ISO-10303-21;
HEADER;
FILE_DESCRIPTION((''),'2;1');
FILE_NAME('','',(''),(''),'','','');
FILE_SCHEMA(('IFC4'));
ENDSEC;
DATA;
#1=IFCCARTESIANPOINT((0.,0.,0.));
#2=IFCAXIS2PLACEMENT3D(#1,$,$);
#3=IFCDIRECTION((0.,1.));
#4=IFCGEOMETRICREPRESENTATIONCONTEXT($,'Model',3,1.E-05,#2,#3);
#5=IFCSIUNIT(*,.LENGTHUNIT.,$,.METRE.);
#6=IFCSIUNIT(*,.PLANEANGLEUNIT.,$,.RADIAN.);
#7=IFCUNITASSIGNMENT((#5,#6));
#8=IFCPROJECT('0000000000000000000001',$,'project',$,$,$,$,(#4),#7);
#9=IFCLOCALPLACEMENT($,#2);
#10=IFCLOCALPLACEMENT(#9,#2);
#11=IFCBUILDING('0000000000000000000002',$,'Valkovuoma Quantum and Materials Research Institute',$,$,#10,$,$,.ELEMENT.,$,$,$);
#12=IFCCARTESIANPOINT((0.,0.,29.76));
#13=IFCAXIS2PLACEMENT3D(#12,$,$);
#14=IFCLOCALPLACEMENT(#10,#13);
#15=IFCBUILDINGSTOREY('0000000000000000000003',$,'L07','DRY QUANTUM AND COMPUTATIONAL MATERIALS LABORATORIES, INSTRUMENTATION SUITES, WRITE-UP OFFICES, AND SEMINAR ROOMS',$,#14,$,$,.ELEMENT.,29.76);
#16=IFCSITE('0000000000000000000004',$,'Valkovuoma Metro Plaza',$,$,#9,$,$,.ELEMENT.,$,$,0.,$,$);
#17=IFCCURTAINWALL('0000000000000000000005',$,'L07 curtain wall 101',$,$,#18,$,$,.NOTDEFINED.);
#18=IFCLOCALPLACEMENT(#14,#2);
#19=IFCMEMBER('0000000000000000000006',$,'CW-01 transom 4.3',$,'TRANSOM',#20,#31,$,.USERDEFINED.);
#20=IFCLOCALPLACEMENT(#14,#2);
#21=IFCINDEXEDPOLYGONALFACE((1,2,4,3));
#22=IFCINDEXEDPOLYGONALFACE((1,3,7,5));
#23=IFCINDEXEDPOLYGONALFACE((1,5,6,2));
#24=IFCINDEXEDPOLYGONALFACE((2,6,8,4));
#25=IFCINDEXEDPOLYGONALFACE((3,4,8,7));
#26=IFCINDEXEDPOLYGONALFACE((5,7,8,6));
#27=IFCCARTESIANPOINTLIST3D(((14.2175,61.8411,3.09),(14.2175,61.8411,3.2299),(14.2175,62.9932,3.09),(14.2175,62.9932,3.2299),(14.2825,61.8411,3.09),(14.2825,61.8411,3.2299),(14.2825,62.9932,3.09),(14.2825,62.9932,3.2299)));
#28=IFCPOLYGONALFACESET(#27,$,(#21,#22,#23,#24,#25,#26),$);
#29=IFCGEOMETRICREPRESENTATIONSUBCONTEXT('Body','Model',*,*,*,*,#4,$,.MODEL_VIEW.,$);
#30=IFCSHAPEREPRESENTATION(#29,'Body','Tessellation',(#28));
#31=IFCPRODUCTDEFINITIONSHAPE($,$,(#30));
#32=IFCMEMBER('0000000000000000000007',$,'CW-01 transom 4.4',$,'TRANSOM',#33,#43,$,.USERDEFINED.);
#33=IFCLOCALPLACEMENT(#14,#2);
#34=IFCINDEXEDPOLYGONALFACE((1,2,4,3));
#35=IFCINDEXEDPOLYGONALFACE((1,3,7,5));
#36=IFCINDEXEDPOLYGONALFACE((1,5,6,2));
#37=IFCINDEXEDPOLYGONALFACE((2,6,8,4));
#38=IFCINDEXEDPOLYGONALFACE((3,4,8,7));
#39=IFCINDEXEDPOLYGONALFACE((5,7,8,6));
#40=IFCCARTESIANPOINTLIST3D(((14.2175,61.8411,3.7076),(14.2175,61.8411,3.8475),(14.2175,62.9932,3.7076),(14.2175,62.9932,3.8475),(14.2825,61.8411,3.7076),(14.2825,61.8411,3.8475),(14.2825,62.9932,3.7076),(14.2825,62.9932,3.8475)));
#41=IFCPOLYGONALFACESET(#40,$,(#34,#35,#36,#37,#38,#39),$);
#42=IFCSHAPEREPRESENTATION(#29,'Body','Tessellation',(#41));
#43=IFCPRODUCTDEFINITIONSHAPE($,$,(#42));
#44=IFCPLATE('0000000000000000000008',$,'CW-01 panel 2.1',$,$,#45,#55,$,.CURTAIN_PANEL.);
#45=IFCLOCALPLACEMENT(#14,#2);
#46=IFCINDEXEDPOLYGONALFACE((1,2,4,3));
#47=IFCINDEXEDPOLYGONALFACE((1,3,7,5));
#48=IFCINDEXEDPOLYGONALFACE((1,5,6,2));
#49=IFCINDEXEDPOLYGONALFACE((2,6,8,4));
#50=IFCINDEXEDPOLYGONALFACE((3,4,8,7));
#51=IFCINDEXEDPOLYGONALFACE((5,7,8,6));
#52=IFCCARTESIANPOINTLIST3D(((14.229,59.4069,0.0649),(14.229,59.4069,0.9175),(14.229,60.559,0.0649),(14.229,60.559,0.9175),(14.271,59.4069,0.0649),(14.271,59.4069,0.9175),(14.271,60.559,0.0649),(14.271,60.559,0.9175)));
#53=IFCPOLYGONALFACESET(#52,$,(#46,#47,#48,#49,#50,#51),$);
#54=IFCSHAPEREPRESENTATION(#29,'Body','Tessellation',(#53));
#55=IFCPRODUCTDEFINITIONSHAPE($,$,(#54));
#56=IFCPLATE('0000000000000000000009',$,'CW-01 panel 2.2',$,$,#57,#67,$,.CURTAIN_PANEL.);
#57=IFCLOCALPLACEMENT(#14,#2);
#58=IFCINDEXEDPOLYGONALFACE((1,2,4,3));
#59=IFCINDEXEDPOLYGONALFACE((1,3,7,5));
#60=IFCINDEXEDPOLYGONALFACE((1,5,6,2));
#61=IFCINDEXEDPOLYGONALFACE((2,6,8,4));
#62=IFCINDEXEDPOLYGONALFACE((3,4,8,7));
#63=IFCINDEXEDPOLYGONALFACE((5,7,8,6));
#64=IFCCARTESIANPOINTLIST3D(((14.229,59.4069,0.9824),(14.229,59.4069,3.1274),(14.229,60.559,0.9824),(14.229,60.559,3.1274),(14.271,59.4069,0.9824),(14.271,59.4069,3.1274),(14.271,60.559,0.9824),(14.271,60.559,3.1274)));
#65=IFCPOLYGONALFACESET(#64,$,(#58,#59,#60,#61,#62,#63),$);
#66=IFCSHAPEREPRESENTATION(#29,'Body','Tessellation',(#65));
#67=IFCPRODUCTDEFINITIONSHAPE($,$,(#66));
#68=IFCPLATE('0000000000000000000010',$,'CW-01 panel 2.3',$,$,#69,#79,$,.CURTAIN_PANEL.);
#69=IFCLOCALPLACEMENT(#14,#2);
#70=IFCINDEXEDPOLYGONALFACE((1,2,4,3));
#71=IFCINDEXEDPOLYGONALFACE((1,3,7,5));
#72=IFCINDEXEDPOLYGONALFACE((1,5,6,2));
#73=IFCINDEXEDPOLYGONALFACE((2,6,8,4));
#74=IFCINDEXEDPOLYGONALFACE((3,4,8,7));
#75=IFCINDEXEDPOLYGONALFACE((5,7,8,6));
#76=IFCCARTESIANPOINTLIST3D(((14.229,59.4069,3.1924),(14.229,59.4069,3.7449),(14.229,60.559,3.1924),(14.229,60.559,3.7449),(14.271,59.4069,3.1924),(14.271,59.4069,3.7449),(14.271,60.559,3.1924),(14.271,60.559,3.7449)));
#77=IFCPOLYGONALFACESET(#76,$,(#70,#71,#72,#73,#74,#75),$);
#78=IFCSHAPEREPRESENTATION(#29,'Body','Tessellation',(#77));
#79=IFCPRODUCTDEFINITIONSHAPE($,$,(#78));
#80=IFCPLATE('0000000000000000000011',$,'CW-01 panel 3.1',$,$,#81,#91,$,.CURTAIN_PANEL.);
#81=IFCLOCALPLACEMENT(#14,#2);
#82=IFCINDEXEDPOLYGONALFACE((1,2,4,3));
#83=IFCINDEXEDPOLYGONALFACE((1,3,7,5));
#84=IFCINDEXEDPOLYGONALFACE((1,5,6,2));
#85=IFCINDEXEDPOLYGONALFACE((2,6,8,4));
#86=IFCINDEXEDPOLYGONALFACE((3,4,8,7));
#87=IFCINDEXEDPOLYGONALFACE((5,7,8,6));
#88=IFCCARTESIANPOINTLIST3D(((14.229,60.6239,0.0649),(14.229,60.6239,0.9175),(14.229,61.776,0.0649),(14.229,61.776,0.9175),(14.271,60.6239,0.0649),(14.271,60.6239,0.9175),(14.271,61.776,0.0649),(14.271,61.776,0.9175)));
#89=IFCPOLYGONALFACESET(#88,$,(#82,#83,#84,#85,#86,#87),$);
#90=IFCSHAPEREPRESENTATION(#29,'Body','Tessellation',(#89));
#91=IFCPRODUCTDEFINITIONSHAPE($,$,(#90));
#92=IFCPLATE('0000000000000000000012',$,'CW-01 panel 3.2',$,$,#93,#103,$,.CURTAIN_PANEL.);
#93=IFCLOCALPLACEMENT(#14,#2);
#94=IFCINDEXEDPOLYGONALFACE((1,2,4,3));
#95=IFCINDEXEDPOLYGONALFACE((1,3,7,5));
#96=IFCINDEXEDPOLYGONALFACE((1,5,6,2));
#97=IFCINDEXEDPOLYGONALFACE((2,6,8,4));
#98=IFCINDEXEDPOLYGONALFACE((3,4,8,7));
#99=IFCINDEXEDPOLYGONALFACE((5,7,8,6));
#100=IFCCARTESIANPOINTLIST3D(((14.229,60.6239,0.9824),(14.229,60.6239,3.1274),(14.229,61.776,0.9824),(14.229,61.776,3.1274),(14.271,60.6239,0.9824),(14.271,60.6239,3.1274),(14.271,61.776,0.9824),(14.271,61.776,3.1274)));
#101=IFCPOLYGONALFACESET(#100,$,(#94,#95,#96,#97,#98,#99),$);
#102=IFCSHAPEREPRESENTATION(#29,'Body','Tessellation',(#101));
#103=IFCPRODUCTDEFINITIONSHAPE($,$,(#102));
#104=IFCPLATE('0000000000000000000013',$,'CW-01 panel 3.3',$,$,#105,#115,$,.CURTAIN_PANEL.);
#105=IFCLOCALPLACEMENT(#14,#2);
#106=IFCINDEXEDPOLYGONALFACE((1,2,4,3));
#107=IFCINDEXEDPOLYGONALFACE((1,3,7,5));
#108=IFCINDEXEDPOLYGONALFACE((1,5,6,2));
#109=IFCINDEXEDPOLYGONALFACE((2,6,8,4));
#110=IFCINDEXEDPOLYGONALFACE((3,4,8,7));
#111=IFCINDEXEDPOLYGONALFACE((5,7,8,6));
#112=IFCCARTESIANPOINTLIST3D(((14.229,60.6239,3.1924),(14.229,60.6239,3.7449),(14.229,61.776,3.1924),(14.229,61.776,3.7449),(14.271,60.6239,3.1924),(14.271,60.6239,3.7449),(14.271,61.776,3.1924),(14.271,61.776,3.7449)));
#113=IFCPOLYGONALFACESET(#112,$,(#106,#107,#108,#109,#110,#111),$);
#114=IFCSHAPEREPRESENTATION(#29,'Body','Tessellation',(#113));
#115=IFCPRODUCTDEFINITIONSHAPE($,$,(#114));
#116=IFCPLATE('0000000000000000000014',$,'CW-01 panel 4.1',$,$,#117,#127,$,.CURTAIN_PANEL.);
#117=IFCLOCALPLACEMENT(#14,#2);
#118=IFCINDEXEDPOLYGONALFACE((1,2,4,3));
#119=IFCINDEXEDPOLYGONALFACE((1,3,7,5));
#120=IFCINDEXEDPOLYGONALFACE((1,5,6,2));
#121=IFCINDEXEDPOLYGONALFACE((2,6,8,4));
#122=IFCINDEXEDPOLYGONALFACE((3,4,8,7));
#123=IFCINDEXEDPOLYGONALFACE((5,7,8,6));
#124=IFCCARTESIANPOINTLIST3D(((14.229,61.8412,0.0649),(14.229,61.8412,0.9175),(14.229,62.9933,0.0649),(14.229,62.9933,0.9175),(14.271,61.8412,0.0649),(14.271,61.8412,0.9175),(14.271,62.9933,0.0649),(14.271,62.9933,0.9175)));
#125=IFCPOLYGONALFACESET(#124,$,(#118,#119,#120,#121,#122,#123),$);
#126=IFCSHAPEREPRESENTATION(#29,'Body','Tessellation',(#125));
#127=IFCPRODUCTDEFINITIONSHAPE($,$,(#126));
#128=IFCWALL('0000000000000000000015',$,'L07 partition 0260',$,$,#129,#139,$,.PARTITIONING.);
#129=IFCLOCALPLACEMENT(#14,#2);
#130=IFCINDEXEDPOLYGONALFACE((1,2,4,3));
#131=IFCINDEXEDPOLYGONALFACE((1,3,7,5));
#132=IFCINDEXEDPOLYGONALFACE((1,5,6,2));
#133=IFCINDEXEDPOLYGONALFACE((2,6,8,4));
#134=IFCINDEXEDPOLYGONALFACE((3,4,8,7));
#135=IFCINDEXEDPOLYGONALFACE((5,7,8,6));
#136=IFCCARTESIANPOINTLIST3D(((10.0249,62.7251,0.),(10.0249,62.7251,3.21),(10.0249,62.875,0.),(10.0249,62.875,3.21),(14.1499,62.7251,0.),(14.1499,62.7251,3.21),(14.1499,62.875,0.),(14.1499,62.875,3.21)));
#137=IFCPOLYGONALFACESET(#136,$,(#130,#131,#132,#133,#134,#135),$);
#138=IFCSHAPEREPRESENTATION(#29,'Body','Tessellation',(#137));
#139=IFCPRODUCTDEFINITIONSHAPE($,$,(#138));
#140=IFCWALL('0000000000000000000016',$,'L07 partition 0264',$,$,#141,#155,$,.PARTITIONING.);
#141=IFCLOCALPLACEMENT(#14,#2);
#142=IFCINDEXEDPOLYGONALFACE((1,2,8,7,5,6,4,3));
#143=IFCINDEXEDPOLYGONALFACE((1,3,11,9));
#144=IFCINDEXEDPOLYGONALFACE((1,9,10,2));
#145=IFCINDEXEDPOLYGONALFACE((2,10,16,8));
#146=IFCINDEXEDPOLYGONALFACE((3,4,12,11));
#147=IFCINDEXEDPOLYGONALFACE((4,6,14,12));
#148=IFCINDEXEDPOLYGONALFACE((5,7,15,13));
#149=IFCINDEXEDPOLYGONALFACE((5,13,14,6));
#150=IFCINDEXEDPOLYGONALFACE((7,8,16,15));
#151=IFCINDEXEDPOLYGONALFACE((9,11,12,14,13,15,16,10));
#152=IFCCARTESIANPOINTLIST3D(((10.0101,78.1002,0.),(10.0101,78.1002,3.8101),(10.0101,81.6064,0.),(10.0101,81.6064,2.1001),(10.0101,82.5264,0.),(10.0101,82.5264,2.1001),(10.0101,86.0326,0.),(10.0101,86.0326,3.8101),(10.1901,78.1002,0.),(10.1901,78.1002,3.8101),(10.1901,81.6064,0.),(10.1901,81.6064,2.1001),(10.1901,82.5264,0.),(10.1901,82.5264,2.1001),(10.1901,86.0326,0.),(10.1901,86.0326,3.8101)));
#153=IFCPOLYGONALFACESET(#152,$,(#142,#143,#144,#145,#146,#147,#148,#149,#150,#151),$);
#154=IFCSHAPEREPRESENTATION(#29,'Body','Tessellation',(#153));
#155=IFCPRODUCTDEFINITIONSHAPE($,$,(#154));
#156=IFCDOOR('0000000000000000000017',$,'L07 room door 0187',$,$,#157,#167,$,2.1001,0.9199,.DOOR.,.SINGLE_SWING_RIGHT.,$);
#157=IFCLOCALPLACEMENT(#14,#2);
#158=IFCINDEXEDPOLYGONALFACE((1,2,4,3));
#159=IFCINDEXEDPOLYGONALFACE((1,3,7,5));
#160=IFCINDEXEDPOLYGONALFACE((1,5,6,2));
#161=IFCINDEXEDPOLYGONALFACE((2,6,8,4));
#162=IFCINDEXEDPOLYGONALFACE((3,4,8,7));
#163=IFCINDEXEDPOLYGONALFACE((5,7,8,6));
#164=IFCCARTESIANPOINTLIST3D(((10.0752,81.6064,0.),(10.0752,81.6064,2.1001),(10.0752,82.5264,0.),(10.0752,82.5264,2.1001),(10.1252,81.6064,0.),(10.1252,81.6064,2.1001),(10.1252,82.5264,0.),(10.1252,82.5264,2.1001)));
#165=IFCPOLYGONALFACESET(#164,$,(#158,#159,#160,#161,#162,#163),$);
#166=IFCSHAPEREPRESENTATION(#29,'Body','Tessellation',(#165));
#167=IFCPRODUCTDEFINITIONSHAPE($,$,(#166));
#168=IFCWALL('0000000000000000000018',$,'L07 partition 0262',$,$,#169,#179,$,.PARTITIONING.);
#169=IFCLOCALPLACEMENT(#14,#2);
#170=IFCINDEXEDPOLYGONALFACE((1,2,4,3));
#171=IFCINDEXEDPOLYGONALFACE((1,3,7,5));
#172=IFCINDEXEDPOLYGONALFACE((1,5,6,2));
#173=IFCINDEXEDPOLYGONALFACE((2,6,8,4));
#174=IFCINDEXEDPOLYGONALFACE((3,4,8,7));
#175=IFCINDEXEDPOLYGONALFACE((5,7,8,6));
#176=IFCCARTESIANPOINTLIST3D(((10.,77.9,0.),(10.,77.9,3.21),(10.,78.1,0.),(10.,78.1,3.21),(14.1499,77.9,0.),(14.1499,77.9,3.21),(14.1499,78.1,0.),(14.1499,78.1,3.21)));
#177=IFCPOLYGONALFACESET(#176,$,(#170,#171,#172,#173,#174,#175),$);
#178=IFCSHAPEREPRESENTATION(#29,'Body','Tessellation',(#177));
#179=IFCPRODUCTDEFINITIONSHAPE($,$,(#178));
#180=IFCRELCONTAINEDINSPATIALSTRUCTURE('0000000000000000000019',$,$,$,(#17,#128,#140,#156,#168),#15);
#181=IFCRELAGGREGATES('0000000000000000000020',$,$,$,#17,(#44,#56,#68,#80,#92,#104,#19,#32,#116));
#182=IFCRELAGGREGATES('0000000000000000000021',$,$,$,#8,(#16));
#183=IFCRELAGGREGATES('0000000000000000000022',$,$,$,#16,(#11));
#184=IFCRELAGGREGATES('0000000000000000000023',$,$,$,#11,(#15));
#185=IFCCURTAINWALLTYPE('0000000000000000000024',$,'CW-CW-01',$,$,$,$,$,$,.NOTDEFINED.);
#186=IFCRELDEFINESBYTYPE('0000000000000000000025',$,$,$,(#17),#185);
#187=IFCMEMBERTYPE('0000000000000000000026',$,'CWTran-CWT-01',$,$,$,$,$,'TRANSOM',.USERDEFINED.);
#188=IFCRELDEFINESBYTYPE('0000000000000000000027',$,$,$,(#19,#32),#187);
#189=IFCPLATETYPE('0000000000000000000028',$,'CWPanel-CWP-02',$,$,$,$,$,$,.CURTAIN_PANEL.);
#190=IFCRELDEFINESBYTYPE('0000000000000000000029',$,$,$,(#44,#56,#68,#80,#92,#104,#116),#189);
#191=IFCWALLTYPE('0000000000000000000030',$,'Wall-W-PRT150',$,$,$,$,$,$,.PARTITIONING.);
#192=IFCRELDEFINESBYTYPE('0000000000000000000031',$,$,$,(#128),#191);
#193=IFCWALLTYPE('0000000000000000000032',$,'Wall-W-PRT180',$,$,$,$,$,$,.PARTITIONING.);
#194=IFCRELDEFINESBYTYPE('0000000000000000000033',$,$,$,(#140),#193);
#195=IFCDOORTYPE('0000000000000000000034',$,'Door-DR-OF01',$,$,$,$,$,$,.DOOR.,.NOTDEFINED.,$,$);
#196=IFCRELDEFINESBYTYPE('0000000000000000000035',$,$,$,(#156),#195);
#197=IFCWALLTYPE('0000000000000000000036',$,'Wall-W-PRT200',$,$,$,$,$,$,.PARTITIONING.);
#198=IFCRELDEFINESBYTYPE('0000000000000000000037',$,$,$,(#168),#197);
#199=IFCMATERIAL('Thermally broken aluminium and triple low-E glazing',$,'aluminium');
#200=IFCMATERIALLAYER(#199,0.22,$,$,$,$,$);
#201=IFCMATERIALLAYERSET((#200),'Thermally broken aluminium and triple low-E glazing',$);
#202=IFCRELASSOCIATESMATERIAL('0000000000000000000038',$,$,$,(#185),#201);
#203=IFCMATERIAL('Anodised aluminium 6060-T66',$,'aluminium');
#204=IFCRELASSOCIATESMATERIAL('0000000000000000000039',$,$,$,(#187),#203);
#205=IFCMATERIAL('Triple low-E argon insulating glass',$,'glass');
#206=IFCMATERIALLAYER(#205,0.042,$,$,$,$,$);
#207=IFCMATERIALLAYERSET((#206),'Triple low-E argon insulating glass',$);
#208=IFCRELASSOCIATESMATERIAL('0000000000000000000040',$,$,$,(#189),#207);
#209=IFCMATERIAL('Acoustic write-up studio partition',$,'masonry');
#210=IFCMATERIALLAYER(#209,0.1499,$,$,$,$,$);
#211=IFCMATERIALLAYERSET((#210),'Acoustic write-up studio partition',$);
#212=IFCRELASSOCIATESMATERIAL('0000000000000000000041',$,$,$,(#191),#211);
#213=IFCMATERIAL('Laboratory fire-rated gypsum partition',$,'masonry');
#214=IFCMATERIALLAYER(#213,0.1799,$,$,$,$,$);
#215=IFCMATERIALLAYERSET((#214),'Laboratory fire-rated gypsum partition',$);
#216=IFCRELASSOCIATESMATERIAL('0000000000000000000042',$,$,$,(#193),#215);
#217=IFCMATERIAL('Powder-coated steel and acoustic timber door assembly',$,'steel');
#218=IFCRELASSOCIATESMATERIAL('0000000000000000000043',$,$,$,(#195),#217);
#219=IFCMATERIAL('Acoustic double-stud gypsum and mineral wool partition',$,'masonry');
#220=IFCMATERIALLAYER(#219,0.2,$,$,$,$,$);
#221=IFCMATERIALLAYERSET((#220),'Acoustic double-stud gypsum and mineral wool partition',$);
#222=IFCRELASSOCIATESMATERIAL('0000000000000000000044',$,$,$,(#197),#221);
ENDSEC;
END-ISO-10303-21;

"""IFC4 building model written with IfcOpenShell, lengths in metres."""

from ifc_helpers import new_model, si_unit, direction, frame, frame_2d, origin, origin_2d, place, context, subcontext, project, spatial, rectangle, extrude, material, layer, layer_set, material_profile, profile_set, type_object, element, fill, aggregate, save


model = new_model("IFC4")

# Units and contexts
model_context = context("Model", 3, precision=1e-05, world=origin(), true_north=direction((0.0, 1.0)))
body_context = subcontext(model_context, "Body", "Model", "MODEL_VIEW")
ifc_project = project(units=[si_unit("LENGTHUNIT", "METRE"), si_unit("PLANEANGLEUNIT", "RADIAN")], contexts=[model_context])

# Site, building, storey
site_placement = place(None, origin())
site = spatial("IfcSite", under=ifc_project, at=site_placement, Name="Valkovuoma Metro Plaza", CompositionType="ELEMENT", RefElevation=0.0)
building_placement = place(site_placement, origin())
building = spatial("IfcBuilding", under=site, at=building_placement, Name="Valkovuoma Quantum and Materials Research Institute", CompositionType="ELEMENT")
storey_placement = place(building_placement, frame((0.0, 0.0, 29.76)))
storey = spatial("IfcBuildingStorey", under=building, at=storey_placement, Name="L07", Description="DRY QUANTUM AND COMPUTATIONAL MATERIALS LABORATORIES, INSTRUMENTATION SUITES, WRITE-UP OFFICES, AND SEMINAR ROOMS", CompositionType="ELEMENT", Elevation=29.76)

# Curtain wall, members, plates
ifc_material_1 = material(Name="Thermally broken aluminium and triple low-E glazing", Category="aluminium")
ifc_layer_1 = layer(ifc_material_1, 0.22)
ifc_layer_set_1 = layer_set([ifc_layer_1], Name="Thermally broken aluminium and triple low-E glazing")
curtain_wall_type = type_object("IfcCurtainWallType", Name="CW-CW-01", PredefinedType="NOTDEFINED", material=ifc_layer_set_1)
curtain_wall_placement = place(storey_placement, origin())
curtain_wall = element("IfcCurtainWall", 1, at=curtain_wall_placement, inside=storey, type_object=curtain_wall_type, Name="L07 curtain wall 101", PredefinedType="NOTDEFINED")
ifc_material_2 = material(Name="Anodised aluminium 6060-T66", Category="aluminium")
ifc_material_profile_1 = material_profile(ifc_material_2, rectangle(XDim=0.0649, YDim=0.1399, at=origin_2d()), Name="Anodised aluminium 6060-T66")
ifc_profile_set_1 = profile_set([ifc_material_profile_1], Name="Anodised aluminium 6060-T66")
member_type_1 = type_object("IfcMemberType", Name="CWTran-CWT-01", ElementType="TRANSOM", PredefinedType="USERDEFINED", material=ifc_profile_set_1)
member_1_placement = place(storey_placement, frame((14.25, 61.8411, 3.1599), z_axis=(0.0, 1.0, 0.0), x_axis=(-1.0, 0.0, 0.0)))
member_1 = element("IfcMember", 2, at=member_1_placement, type_object=member_type_1, Name="CW-01 transom 4.3", ObjectType="TRANSOM", PredefinedType="USERDEFINED", context=body_context, shape_type="SweptSolid", body=[
    extrude(rectangle(XDim=0.0649, YDim=0.1399, at=origin_2d()), origin(), (0.0, 0.0, 1.0), 1.1521),
])
member_2_placement = place(storey_placement, frame((14.25, 61.8411, 3.7776), z_axis=(0.0, 1.0, 0.0), x_axis=(-1.0, 0.0, 0.0)))
member_2 = element("IfcMember", 3, at=member_2_placement, type_object=member_type_1, Name="CW-01 transom 4.4", ObjectType="TRANSOM", PredefinedType="USERDEFINED", context=body_context, shape_type="SweptSolid", body=[
    extrude(rectangle(XDim=0.0649, YDim=0.1399, at=origin_2d()), origin(), (0.0, 0.0, 1.0), 1.1521),
])
ifc_material_3 = material(Name="Triple low-E argon insulating glass", Category="glass")
ifc_layer_2 = layer(ifc_material_3, 0.042)
ifc_layer_set_2 = layer_set([ifc_layer_2], Name="Triple low-E argon insulating glass")
plate_type = type_object("IfcPlateType", Name="CWPanel-CWP-02", PredefinedType="CURTAIN_PANEL", material=ifc_layer_set_2)
plate_1_placement = place(storey_placement, frame((14.25, 59.9829, 0.0649), z_axis=(0.0, 0.0, 1.0), x_axis=(0.0, 1.0, 0.0)))
plate_1 = element("IfcPlate", 4, at=plate_1_placement, type_object=plate_type, Name="CW-01 panel 2.1", PredefinedType="CURTAIN_PANEL", context=body_context, shape_type="SweptSolid", body=[
    extrude(rectangle(XDim=1.1521, YDim=0.042, at=origin_2d()), origin(), (0.0, 0.0, 1.0), 0.8525),
])
plate_2_placement = place(storey_placement, frame((14.25, 59.9829, 0.9824), z_axis=(0.0, 0.0, 1.0), x_axis=(0.0, 1.0, 0.0)))
plate_2 = element("IfcPlate", 5, at=plate_2_placement, type_object=plate_type, Name="CW-01 panel 2.2", PredefinedType="CURTAIN_PANEL", context=body_context, shape_type="SweptSolid", body=[
    extrude(rectangle(XDim=1.1521, YDim=0.042, at=origin_2d()), origin(), (0.0, 0.0, 1.0), 2.145),
])
plate_3_placement = place(storey_placement, frame((14.25, 59.9829, 3.1924), z_axis=(0.0, 0.0, 1.0), x_axis=(0.0, 1.0, 0.0)))
plate_3 = element("IfcPlate", 6, at=plate_3_placement, type_object=plate_type, Name="CW-01 panel 2.3", PredefinedType="CURTAIN_PANEL", context=body_context, shape_type="SweptSolid", body=[
    extrude(rectangle(XDim=1.1521, YDim=0.042, at=origin_2d()), origin(), (0.0, 0.0, 1.0), 0.5525),
])
plate_4_placement = place(storey_placement, frame((14.25, 61.2, 0.0649), z_axis=(0.0, 0.0, 1.0), x_axis=(0.0, 1.0, 0.0)))
plate_4 = element("IfcPlate", 7, at=plate_4_placement, type_object=plate_type, Name="CW-01 panel 3.1", PredefinedType="CURTAIN_PANEL", context=body_context, shape_type="SweptSolid", body=[
    extrude(rectangle(XDim=1.1521, YDim=0.042, at=origin_2d()), origin(), (0.0, 0.0, 1.0), 0.8525),
])
plate_5_placement = place(storey_placement, frame((14.25, 61.2, 0.9824), z_axis=(0.0, 0.0, 1.0), x_axis=(0.0, 1.0, 0.0)))
plate_5 = element("IfcPlate", 8, at=plate_5_placement, type_object=plate_type, Name="CW-01 panel 3.2", PredefinedType="CURTAIN_PANEL", context=body_context, shape_type="SweptSolid", body=[
    extrude(rectangle(XDim=1.1521, YDim=0.042, at=origin_2d()), origin(), (0.0, 0.0, 1.0), 2.145),
])
plate_6_placement = place(storey_placement, frame((14.25, 61.2, 3.1924), z_axis=(0.0, 0.0, 1.0), x_axis=(0.0, 1.0, 0.0)))
plate_6 = element("IfcPlate", 9, at=plate_6_placement, type_object=plate_type, Name="CW-01 panel 3.3", PredefinedType="CURTAIN_PANEL", context=body_context, shape_type="SweptSolid", body=[
    extrude(rectangle(XDim=1.1521, YDim=0.042, at=origin_2d()), origin(), (0.0, 0.0, 1.0), 0.5525),
])
plate_7_placement = place(storey_placement, frame((14.25, 62.4172, 0.0649), z_axis=(0.0, 0.0, 1.0), x_axis=(0.0, 1.0, 0.0)))
plate_7 = element("IfcPlate", 10, at=plate_7_placement, type_object=plate_type, Name="CW-01 panel 4.1", PredefinedType="CURTAIN_PANEL", context=body_context, shape_type="SweptSolid", body=[
    extrude(rectangle(XDim=1.1521, YDim=0.042, at=origin_2d()), origin(), (0.0, 0.0, 1.0), 0.8525),
])
aggregate(curtain_wall, [plate_1, plate_2, plate_3, plate_4, plate_5, plate_6, member_1, member_2, plate_7])

# Wall
ifc_material_4 = material(Name="Acoustic write-up studio partition", Category="masonry")
ifc_layer_3 = layer(ifc_material_4, 0.1499)
ifc_layer_set_3 = layer_set([ifc_layer_3], Name="Acoustic write-up studio partition")
wall_type_1 = type_object("IfcWallType", Name="Wall-W-PRT150", PredefinedType="PARTITIONING", material=ifc_layer_set_3)
wall_1_placement = place(storey_placement, frame((10.0249, 62.8, 0.0), z_axis=(0.0, 0.0, 1.0), x_axis=(1.0, 0.0, 0.0)))
element("IfcWall", 11, at=wall_1_placement, inside=storey, type_object=wall_type_1, Name="L07 partition 0260", PredefinedType="PARTITIONING", context=body_context, shape_type="SweptSolid", body=[
    extrude(rectangle(XDim=4.125, YDim=0.1499, at=frame_2d((2.0625, 0.0))), origin(), (0.0, 0.0, 1.0), 3.21),
])

# Wall, opening, door
ifc_material_5 = material(Name="Laboratory fire-rated gypsum partition", Category="masonry")
ifc_layer_4 = layer(ifc_material_5, 0.1799)
ifc_layer_set_4 = layer_set([ifc_layer_4], Name="Laboratory fire-rated gypsum partition")
wall_type_2 = type_object("IfcWallType", Name="Wall-W-PRT180", PredefinedType="PARTITIONING", material=ifc_layer_set_4)
wall_2_placement = place(storey_placement, frame((10.1001, 78.1001, 0.0), z_axis=(0.0, 0.0, 1.0), x_axis=(0.0, 1.0, 0.0)))
wall_2 = element("IfcWall", 12, at=wall_2_placement, inside=storey, type_object=wall_type_2, Name="L07 partition 0264", PredefinedType="PARTITIONING", context=body_context, shape_type="SweptSolid", body=[
    extrude(rectangle(XDim=7.9324, YDim=0.1799, at=frame_2d((3.9663, 0.0))), origin(), (0.0, 0.0, 1.0), 3.8101),
])
opening_1_placement = place(wall_2_placement, frame((3.5063, 0.0, 0.0)))
opening_1 = element("IfcOpeningElement", 13, at=opening_1_placement, cuts=wall_2, PredefinedType="OPENING", context=body_context, shape_type="SweptSolid", body=[
    extrude(rectangle(XDim=0.9199, YDim=2.1001, at=frame_2d((0.46, 1.05))), frame((0.0, 0.1001, 0.0), z_axis=(0.0, -1.0, 0.0), x_axis=(1.0, 0.0, 0.0)), (0.0, 0.0, 1.0), 0.2),
])
ifc_material_6 = material(Name="Powder-coated steel and acoustic timber door assembly", Category="steel")
door_type_1 = type_object("IfcDoorType", Name="Door-DR-OF01", OperationType="NOTDEFINED", PredefinedType="DOOR", material=ifc_material_6)
door_1_placement = place(opening_1_placement, origin())
door_1 = element("IfcDoor", 14, at=door_1_placement, inside=storey, type_object=door_type_1, Name="L07 room door 0187", OperationType="SINGLE_SWING_RIGHT", OverallHeight=2.1001, OverallWidth=0.9199, PredefinedType="DOOR", context=body_context, shape_type="SweptSolid", body=[
    extrude(rectangle(XDim=0.9199, YDim=2.1001, at=frame_2d((0.46, 1.05))), frame((0.0, 0.0249, 0.0), z_axis=(0.0, -1.0, 0.0), x_axis=(1.0, 0.0, 0.0)), (0.0, 0.0, 1.0), 0.05),
])
fill(opening_1, door_1)

# Wall
ifc_material_7 = material(Name="Acoustic double-stud gypsum and mineral wool partition", Category="masonry")
ifc_layer_5 = layer(ifc_material_7, 0.2)
ifc_layer_set_5 = layer_set([ifc_layer_5], Name="Acoustic double-stud gypsum and mineral wool partition")
wall_type_3 = type_object("IfcWallType", Name="Wall-W-PRT200", PredefinedType="PARTITIONING", material=ifc_layer_set_5)
wall_3_placement = place(storey_placement, frame((10.0, 78.0, 0.0), z_axis=(0.0, 0.0, 1.0), x_axis=(1.0, 0.0, 0.0)))
element("IfcWall", 15, at=wall_3_placement, inside=storey, type_object=wall_type_3, Name="L07 partition 0262", PredefinedType="PARTITIONING", context=body_context, shape_type="SweptSolid", body=[
    extrude(rectangle(XDim=4.1499, YDim=0.2, at=frame_2d((2.075, 0.0))), origin(), (0.0, 0.0, 1.0), 3.21),
])

save(model, "model.ifc")
